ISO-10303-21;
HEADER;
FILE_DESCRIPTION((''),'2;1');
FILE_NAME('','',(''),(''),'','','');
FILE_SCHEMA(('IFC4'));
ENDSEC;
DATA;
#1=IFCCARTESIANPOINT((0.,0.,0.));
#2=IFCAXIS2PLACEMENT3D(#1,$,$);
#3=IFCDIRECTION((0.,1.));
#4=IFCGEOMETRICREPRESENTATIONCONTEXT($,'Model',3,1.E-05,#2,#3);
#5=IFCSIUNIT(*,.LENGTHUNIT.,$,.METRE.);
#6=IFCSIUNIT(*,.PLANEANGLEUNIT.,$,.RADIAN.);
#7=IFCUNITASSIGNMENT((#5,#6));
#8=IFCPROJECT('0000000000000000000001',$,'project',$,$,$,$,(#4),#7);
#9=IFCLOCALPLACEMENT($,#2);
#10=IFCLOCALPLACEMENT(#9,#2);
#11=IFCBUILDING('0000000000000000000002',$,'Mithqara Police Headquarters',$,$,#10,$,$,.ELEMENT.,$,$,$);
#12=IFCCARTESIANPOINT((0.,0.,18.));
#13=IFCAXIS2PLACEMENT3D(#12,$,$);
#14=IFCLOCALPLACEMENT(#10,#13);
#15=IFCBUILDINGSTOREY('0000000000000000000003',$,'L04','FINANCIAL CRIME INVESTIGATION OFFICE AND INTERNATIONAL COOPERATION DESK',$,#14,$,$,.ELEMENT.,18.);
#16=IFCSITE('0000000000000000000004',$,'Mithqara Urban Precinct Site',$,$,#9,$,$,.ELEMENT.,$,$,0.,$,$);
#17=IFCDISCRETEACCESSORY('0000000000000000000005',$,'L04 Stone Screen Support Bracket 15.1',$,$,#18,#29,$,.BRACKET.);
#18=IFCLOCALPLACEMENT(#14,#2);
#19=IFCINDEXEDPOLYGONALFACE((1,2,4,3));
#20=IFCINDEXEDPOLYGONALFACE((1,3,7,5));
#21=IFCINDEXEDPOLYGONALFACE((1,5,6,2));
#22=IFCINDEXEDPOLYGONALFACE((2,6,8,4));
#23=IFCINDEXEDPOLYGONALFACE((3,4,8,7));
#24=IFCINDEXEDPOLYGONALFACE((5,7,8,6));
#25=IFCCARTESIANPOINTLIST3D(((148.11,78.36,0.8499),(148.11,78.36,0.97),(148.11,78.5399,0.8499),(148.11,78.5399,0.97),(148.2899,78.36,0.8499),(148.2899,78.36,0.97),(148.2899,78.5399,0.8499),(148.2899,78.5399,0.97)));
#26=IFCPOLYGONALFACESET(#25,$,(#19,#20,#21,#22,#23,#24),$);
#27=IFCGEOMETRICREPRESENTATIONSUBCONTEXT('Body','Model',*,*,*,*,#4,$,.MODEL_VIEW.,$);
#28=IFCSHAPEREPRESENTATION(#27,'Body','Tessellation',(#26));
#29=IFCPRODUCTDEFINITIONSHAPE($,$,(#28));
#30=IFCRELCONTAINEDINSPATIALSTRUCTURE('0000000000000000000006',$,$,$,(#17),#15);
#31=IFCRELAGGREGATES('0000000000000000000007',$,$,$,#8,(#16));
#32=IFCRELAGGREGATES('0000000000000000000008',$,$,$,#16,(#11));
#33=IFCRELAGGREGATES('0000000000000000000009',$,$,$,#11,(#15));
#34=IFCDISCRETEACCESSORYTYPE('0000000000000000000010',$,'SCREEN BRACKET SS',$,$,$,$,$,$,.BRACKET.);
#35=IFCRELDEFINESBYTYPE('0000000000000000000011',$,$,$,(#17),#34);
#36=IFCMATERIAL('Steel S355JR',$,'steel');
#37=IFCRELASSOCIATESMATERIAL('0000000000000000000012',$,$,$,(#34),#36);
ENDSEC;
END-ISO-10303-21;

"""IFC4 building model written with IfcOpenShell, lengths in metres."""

from ifc_helpers import new_model, si_unit, direction, frame, origin, origin_2d, place, context, subcontext, project, spatial, rectangle, extrude, material, type_object, element, save


model = new_model("IFC4")

# Units and contexts
model_context = context("Model", 3, precision=1e-05, world=origin(), true_north=direction((0.0, 1.0)))
body_context = subcontext(model_context, "Body", "Model", "MODEL_VIEW")
ifc_project = project(units=[si_unit("LENGTHUNIT", "METRE"), si_unit("PLANEANGLEUNIT", "RADIAN")], contexts=[model_context])

# Site, building, storey
site_placement = place(None, origin())
site = spatial("IfcSite", under=ifc_project, at=site_placement, Name="Mithqara Urban Precinct Site", CompositionType="ELEMENT", RefElevation=0.0)
building_placement = place(site_placement, origin())
building = spatial("IfcBuilding", under=site, at=building_placement, Name="Mithqara Police Headquarters", CompositionType="ELEMENT")
storey_placement = place(building_placement, frame((0.0, 0.0, 18.0)))
storey = spatial("IfcBuildingStorey", under=building, at=storey_placement, Name="L04", Description="FINANCIAL CRIME INVESTIGATION OFFICE AND INTERNATIONAL COOPERATION DESK", CompositionType="ELEMENT", Elevation=18.0)

# Shared definitions
ifc_material_1 = material(Name="Steel S355JR", Category="steel")

# Discrete accessory
discrete_accessory_type_1 = type_object("IfcDiscreteAccessoryType", Name="SCREEN BRACKET SS", PredefinedType="BRACKET", material=ifc_material_1)
discrete_accessory_placement = place(storey_placement, frame((148.2, 78.45, 0.8499), z_axis=(0.0, 0.0, 1.0), x_axis=(1.0, 0.0, 0.0)))
element("IfcDiscreteAccessory", 1, at=discrete_accessory_placement, inside=storey, type_object=discrete_accessory_type_1, Name="L04 Stone Screen Support Bracket 15.1", PredefinedType="BRACKET", context=body_context, shape_type="SweptSolid", body=[
    extrude(rectangle(XDim=0.1799, YDim=0.1799, at=origin_2d()), origin(), (0.0, 0.0, 1.0), 0.1201),
])

save(model, "model.ifc")
